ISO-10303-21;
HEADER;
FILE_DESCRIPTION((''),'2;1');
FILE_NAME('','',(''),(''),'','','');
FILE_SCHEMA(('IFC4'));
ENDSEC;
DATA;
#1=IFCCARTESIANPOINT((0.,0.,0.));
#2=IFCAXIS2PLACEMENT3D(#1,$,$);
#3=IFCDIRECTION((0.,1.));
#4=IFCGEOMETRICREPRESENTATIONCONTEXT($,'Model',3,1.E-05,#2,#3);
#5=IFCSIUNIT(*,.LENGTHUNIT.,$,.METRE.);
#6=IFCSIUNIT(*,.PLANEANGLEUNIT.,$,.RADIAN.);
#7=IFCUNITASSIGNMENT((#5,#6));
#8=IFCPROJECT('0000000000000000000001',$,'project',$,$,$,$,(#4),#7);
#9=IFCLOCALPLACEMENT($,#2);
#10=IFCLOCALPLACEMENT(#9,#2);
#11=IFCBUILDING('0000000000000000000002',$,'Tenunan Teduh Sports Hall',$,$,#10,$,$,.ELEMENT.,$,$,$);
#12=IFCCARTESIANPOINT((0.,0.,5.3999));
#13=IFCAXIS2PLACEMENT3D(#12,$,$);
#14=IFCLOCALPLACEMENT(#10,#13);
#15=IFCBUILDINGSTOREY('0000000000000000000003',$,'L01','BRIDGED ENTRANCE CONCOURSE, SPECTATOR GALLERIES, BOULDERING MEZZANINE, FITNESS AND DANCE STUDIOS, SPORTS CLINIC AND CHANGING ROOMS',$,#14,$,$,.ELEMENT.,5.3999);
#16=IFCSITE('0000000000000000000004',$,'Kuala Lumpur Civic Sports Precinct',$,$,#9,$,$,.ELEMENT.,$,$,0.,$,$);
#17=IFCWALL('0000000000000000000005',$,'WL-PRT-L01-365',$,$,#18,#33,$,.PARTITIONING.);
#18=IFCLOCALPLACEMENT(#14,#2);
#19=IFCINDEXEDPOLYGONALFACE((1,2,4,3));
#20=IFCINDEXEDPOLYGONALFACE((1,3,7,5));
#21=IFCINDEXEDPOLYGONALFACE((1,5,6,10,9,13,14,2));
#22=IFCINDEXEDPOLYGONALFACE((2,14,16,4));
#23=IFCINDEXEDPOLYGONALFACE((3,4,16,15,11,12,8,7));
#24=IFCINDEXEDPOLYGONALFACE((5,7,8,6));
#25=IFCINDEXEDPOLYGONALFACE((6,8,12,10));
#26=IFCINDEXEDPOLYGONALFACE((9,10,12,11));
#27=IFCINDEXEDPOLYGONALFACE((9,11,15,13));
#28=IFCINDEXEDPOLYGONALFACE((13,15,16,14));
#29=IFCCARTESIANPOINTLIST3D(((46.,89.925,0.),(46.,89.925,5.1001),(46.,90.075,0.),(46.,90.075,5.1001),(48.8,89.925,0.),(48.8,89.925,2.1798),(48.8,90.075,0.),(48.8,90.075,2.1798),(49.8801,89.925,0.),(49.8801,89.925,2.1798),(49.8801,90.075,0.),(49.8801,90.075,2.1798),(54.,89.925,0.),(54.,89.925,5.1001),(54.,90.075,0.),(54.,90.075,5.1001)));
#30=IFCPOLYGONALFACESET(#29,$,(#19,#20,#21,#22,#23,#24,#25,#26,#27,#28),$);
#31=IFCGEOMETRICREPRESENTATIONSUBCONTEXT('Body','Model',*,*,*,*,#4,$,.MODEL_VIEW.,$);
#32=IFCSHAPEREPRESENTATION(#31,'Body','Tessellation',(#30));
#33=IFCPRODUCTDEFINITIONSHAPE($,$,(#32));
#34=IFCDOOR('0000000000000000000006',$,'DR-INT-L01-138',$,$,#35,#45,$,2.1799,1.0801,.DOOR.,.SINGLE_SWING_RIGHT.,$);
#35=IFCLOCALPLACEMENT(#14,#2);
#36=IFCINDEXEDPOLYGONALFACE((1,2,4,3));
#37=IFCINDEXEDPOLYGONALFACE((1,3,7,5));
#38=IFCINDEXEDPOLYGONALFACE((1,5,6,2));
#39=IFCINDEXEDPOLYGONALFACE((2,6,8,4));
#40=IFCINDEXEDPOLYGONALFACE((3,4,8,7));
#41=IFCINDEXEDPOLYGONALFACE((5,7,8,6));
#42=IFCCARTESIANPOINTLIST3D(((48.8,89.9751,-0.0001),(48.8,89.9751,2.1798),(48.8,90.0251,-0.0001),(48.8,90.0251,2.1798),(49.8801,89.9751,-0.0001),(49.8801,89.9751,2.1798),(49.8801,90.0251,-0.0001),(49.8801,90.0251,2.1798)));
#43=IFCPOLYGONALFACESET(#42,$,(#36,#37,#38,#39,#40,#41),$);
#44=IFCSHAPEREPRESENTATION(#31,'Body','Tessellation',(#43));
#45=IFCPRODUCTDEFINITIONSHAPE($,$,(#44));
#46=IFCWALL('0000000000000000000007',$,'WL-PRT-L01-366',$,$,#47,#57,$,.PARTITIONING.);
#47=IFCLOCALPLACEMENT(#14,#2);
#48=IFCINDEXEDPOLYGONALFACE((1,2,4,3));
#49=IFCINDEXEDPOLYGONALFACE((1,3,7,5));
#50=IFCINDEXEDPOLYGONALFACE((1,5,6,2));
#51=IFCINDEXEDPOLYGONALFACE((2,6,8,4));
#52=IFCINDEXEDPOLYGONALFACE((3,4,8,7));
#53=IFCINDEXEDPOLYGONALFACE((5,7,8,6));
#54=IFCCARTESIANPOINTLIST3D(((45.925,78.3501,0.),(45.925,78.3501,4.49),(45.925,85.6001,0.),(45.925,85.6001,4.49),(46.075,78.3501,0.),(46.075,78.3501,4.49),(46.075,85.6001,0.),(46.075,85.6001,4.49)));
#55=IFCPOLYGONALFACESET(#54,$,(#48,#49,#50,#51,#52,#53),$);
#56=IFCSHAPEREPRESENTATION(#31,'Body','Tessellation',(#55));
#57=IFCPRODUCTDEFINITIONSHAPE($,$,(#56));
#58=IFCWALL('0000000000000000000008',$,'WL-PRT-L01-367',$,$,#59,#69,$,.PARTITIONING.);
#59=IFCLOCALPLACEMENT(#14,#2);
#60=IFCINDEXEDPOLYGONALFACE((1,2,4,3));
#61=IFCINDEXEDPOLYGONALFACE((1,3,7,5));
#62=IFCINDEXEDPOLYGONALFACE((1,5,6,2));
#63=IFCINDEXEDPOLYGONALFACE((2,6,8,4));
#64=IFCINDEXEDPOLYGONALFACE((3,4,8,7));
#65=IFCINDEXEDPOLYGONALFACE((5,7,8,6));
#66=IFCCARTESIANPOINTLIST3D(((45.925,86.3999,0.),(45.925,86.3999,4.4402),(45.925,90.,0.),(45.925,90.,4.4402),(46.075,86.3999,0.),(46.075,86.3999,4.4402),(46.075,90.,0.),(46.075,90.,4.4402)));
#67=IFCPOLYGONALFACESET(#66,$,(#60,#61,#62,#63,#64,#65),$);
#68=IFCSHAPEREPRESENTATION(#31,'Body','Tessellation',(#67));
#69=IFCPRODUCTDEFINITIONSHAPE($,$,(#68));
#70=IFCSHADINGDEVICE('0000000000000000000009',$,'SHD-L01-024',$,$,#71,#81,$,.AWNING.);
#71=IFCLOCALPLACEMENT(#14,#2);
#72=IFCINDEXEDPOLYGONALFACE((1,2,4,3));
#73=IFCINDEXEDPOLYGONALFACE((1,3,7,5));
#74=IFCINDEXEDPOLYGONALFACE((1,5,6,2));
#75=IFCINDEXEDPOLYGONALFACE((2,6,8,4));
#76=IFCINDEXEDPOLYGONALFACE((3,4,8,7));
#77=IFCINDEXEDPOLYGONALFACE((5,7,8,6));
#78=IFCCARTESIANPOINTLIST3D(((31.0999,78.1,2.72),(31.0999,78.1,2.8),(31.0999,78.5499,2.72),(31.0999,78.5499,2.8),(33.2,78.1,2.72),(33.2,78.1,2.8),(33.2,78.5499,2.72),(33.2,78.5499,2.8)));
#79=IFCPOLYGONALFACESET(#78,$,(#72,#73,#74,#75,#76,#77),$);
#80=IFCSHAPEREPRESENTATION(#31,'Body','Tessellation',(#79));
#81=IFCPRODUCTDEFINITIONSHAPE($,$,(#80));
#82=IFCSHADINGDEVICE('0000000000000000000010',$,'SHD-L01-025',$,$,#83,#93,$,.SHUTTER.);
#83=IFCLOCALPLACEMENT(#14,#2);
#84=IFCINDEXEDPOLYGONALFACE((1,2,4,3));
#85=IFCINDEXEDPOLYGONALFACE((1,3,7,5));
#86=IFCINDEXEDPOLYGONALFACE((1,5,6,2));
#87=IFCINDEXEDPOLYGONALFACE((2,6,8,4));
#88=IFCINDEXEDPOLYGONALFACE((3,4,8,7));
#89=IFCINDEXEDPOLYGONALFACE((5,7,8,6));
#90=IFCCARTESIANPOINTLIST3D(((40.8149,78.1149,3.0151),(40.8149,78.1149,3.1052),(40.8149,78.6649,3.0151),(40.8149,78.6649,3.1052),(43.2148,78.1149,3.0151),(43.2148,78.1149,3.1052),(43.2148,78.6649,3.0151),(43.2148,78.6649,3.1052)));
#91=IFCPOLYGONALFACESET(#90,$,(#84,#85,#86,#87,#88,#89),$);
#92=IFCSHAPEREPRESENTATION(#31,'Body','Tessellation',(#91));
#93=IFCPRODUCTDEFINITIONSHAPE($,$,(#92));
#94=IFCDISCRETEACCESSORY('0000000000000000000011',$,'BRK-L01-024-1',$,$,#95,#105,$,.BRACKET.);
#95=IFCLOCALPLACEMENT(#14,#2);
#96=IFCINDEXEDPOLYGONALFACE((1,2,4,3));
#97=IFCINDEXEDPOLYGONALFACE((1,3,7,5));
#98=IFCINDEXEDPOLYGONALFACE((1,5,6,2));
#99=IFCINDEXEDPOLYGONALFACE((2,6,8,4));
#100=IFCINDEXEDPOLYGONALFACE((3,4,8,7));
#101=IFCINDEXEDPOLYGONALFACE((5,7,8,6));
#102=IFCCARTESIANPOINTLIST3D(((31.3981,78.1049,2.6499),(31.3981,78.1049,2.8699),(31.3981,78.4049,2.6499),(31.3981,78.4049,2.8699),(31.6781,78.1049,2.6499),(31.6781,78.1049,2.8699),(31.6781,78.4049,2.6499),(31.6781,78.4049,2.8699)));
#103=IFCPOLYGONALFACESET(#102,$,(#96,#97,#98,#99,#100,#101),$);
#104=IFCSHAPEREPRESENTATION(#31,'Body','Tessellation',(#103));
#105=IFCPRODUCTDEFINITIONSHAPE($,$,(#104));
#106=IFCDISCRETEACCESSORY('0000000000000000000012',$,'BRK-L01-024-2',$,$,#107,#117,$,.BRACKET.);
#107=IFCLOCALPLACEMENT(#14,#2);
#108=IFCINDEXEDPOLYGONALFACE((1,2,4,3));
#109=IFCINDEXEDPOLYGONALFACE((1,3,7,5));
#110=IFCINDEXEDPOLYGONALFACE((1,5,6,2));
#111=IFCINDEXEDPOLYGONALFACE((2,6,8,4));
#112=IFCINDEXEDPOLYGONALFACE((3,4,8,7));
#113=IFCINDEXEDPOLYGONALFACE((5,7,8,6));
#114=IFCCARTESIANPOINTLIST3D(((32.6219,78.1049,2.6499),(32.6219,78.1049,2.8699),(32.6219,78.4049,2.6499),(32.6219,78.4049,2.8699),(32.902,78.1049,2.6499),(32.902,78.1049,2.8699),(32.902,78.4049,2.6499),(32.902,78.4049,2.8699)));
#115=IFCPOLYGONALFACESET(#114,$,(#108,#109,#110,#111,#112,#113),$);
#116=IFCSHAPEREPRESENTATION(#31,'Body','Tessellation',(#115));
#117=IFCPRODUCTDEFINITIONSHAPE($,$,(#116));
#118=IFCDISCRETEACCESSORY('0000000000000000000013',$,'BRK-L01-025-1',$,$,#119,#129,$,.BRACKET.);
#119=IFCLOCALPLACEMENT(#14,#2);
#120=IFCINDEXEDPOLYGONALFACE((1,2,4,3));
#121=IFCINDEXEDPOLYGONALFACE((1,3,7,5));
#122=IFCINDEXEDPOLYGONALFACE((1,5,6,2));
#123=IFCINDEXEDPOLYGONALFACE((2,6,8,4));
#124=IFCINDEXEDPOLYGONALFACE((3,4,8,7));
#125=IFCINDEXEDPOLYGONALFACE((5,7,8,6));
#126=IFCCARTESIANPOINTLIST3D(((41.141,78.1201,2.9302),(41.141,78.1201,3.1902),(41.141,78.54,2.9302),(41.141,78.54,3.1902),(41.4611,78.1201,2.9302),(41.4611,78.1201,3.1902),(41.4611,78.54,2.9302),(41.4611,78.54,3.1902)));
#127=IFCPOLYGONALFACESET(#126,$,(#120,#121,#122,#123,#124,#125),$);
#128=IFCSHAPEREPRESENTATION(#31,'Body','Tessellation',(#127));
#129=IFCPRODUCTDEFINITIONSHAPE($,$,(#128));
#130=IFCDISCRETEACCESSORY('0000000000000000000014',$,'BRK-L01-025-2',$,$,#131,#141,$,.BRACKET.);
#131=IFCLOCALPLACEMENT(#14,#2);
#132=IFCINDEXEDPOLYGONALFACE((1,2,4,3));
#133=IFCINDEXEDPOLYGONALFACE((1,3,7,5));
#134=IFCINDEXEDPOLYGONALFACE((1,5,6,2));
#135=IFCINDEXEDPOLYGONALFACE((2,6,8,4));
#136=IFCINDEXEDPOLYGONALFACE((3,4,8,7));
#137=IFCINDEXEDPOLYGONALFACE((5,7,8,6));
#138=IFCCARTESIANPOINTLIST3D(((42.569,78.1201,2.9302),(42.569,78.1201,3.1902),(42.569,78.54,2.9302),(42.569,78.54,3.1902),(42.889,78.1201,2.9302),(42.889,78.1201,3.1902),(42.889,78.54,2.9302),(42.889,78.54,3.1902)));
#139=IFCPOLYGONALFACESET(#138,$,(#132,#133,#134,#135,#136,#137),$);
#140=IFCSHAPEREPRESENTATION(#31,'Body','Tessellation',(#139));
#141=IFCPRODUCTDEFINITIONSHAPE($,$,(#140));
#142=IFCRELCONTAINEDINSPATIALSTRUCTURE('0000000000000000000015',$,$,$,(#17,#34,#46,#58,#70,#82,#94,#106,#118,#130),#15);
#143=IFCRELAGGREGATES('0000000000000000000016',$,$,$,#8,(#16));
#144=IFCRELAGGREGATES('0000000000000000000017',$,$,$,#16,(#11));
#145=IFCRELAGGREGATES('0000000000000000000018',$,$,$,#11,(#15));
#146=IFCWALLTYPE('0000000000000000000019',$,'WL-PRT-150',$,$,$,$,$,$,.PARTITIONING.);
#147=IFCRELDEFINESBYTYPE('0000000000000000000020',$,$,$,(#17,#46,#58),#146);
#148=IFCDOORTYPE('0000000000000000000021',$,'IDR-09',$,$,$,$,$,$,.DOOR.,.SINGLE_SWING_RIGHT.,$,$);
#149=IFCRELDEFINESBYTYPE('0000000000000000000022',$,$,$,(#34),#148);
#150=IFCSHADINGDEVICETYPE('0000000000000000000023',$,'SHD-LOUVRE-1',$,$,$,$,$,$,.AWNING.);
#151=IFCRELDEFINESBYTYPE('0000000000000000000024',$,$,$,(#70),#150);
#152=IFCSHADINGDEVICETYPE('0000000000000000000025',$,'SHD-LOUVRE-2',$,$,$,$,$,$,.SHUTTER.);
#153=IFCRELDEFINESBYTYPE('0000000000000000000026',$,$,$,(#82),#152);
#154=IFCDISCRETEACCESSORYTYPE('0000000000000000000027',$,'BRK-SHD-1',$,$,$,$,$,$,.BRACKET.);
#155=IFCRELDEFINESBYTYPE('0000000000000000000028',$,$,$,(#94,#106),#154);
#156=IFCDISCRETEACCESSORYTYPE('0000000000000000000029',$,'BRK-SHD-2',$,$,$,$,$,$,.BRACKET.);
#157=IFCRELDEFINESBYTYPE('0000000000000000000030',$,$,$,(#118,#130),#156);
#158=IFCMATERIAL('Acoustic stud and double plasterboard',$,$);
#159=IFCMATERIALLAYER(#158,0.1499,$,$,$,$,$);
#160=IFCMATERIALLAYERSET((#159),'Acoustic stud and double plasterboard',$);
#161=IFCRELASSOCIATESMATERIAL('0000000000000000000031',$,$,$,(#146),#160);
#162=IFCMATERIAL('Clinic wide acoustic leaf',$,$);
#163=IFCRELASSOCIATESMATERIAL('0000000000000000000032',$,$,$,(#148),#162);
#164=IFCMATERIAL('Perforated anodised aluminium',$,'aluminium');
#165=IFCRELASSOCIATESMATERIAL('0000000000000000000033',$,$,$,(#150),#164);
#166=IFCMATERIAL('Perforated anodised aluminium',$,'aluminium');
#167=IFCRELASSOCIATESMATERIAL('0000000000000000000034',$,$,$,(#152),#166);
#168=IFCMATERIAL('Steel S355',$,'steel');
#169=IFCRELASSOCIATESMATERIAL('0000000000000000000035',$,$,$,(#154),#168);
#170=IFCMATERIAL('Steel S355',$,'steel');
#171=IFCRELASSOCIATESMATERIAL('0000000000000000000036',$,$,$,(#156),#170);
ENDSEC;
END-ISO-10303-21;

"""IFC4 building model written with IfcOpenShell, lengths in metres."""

from ifc_helpers import new_model, si_unit, direction, frame, frame_2d, origin, origin_2d, place, context, subcontext, project, spatial, rectangle, extrude, material, layer, layer_set, type_object, element, fill, save


model = new_model("IFC4")

# Units and contexts
model_context = context("Model", 3, precision=1e-05, world=origin(), true_north=direction((0.0, 1.0)))
body_context = subcontext(model_context, "Body", "Model", "MODEL_VIEW")
ifc_project = project(units=[si_unit("LENGTHUNIT", "METRE"), si_unit("PLANEANGLEUNIT", "RADIAN")], contexts=[model_context])

# Site, building, storey
site_placement = place(None, origin())
site = spatial("IfcSite", under=ifc_project, at=site_placement, Name="Kuala Lumpur Civic Sports Precinct", CompositionType="ELEMENT", RefElevation=0.0)
building_placement = place(site_placement, origin())
building = spatial("IfcBuilding", under=site, at=building_placement, Name="Tenunan Teduh Sports Hall", CompositionType="ELEMENT")
storey_placement = place(building_placement, frame((0.0, 0.0, 5.3999)))
storey = spatial("IfcBuildingStorey", under=building, at=storey_placement, Name="L01", Description="BRIDGED ENTRANCE CONCOURSE, SPECTATOR GALLERIES, BOULDERING MEZZANINE, FITNESS AND DANCE STUDIOS, SPORTS CLINIC AND CHANGING ROOMS", CompositionType="ELEMENT", Elevation=5.3999)

# Wall, opening, door
ifc_material_1 = material(Name="Acoustic stud and double plasterboard")
ifc_layer_1 = layer(ifc_material_1, 0.1499)
ifc_layer_set_1 = layer_set([ifc_layer_1], Name="Acoustic stud and double plasterboard")
wall_type = type_object("IfcWallType", Name="WL-PRT-150", PredefinedType="PARTITIONING", material=ifc_layer_set_1)
wall_1_placement = place(storey_placement, frame((46.0, 90.0, 0.0), z_axis=(0.0, 0.0, 1.0), x_axis=(1.0, 0.0, 0.0)))
wall_1 = element("IfcWall", 1, at=wall_1_placement, inside=storey, type_object=wall_type, Name="WL-PRT-L01-365", PredefinedType="PARTITIONING", context=body_context, shape_type="SweptSolid", body=[
    extrude(rectangle(XDim=8.0, YDim=0.1499, at=frame_2d((4.0, 0.0))), origin(), (0.0, 0.0, 1.0), 5.1001),
])
opening_placement = place(wall_1_placement, frame((2.8, 0.0, 0.0)))
opening = element("IfcOpeningElement", 2, at=opening_placement, cuts=wall_1, PredefinedType="OPENING", context=body_context, shape_type="SweptSolid", body=[
    extrude(rectangle(XDim=1.0801, YDim=2.1799, at=frame_2d((0.54, 1.0898))), frame((0.0, 0.085, 0.0), z_axis=(0.0, -1.0, 0.0), x_axis=(1.0, 0.0, 0.0)), (0.0, 0.0, 1.0), 0.1699),
])
ifc_material_2 = material(Name="Clinic wide acoustic leaf")
door_type = type_object("IfcDoorType", Name="IDR-09", OperationType="SINGLE_SWING_RIGHT", PredefinedType="DOOR", material=ifc_material_2)
door_placement = place(opening_placement, frame((1.0801, 0.0, 0.0), z_axis=(0.0, 0.0, 1.0), x_axis=(-1.0, 0.0, 0.0)))
door = element("IfcDoor", 3, at=door_placement, inside=storey, type_object=door_type, Name="DR-INT-L01-138", OperationType="SINGLE_SWING_RIGHT", OverallHeight=2.1799, OverallWidth=1.0801, PredefinedType="DOOR", context=body_context, shape_type="SweptSolid", body=[
    extrude(rectangle(XDim=1.0801, YDim=2.1799, at=frame_2d((0.54, 1.0898))), frame((0.0, 0.0249, 0.0), z_axis=(0.0, -1.0, 0.0), x_axis=(1.0, 0.0, 0.0)), (0.0, 0.0, 1.0), 0.05),
])
fill(opening, door)

# Walls
wall_2_placement = place(storey_placement, frame((46.0, 78.3501, 0.0), z_axis=(0.0, 0.0, 1.0), x_axis=(0.0, 1.0, 0.0)))
element("IfcWall", 4, at=wall_2_placement, inside=storey, type_object=wall_type, Name="WL-PRT-L01-366", PredefinedType="PARTITIONING", context=body_context, shape_type="SweptSolid", body=[
    extrude(rectangle(XDim=7.25, YDim=0.1499, at=frame_2d((3.625, 0.0))), origin(), (0.0, 0.0, 1.0), 4.49),
])
wall_3_placement = place(storey_placement, frame((46.0, 86.3999, 0.0), z_axis=(0.0, 0.0, 1.0), x_axis=(0.0, 1.0, 0.0)))
element("IfcWall", 5, at=wall_3_placement, inside=storey, type_object=wall_type, Name="WL-PRT-L01-367", PredefinedType="PARTITIONING", context=body_context, shape_type="SweptSolid", body=[
    extrude(rectangle(XDim=3.6001, YDim=0.1499, at=frame_2d((1.8, 0.0))), origin(), (0.0, 0.0, 1.0), 4.4402),
])

# Shading devices
ifc_material_3 = material(Name="Perforated anodised aluminium", Category="aluminium")
shading_device_type_1 = type_object("IfcShadingDeviceType", Name="SHD-LOUVRE-1", PredefinedType="AWNING", material=ifc_material_3)
shading_device_1_placement = place(storey_placement, frame((32.1499, 78.325, 2.72), z_axis=(0.0, 0.0, 1.0), x_axis=(1.0, 0.0, 0.0)))
element("IfcShadingDevice", 6, at=shading_device_1_placement, inside=storey, type_object=shading_device_type_1, Name="SHD-L01-024", PredefinedType="AWNING", context=body_context, shape_type="SweptSolid", body=[
    extrude(rectangle(XDim=2.1001, YDim=0.45, at=origin_2d()), origin(), (0.0, 0.0, 1.0), 0.0801),
])
ifc_material_4 = material(Name="Perforated anodised aluminium", Category="aluminium")
shading_device_type_2 = type_object("IfcShadingDeviceType", Name="SHD-LOUVRE-2", PredefinedType="SHUTTER", material=ifc_material_4)
shading_device_2_placement = place(storey_placement, frame((42.0149, 78.3899, 3.0151), z_axis=(0.0, 0.0, 1.0), x_axis=(1.0, 0.0, 0.0)))
element("IfcShadingDevice", 7, at=shading_device_2_placement, inside=storey, type_object=shading_device_type_2, Name="SHD-L01-025", PredefinedType="SHUTTER", context=body_context, shape_type="SweptSolid", body=[
    extrude(rectangle(XDim=2.3999, YDim=0.55, at=origin_2d()), origin(), (0.0, 0.0, 1.0), 0.0901),
])

# Discrete accessories
ifc_material_5 = material(Name="Steel S355", Category="steel")
discrete_accessory_type_1 = type_object("IfcDiscreteAccessoryType", Name="BRK-SHD-1", PredefinedType="BRACKET", material=ifc_material_5)
for number, where, z_axis, x_axis, name in (
    (8, (31.5381, 78.2549, 2.6499), (0.0, 0.0, 1.0), (1.0, 0.0, 0.0), "BRK-L01-024-1"),
    (9, (32.762, 78.2549, 2.6499), (0.0, 0.0, 1.0), (1.0, 0.0, 0.0), "BRK-L01-024-2"),
):
    element("IfcDiscreteAccessory", number, at=place(storey_placement, frame(where, z_axis=z_axis, x_axis=x_axis)), inside=storey, type_object=discrete_accessory_type_1, Name=name, PredefinedType="BRACKET", context=body_context, shape_type="SweptSolid", body=[
        extrude(rectangle(XDim=0.28, YDim=0.3, at=origin_2d()), origin(), (0.0, 0.0, 1.0), 0.22),
    ])
ifc_material_6 = material(Name="Steel S355", Category="steel")
discrete_accessory_type_2 = type_object("IfcDiscreteAccessoryType", Name="BRK-SHD-2", PredefinedType="BRACKET", material=ifc_material_6)
for number, where, z_axis, x_axis, name in (
    (10, (41.301, 78.3301, 2.9302), (0.0, 0.0, 1.0), (1.0, 0.0, 0.0), "BRK-L01-025-1"),
    (11, (42.729, 78.3301, 2.9302), (0.0, 0.0, 1.0), (1.0, 0.0, 0.0), "BRK-L01-025-2"),
):
    element("IfcDiscreteAccessory", number, at=place(storey_placement, frame(where, z_axis=z_axis, x_axis=x_axis)), inside=storey, type_object=discrete_accessory_type_2, Name=name, PredefinedType="BRACKET", context=body_context, shape_type="SweptSolid", body=[
        extrude(rectangle(XDim=0.3201, YDim=0.4199, at=origin_2d()), origin(), (0.0, 0.0, 1.0), 0.26),
    ])

save(model, "model.ifc")
